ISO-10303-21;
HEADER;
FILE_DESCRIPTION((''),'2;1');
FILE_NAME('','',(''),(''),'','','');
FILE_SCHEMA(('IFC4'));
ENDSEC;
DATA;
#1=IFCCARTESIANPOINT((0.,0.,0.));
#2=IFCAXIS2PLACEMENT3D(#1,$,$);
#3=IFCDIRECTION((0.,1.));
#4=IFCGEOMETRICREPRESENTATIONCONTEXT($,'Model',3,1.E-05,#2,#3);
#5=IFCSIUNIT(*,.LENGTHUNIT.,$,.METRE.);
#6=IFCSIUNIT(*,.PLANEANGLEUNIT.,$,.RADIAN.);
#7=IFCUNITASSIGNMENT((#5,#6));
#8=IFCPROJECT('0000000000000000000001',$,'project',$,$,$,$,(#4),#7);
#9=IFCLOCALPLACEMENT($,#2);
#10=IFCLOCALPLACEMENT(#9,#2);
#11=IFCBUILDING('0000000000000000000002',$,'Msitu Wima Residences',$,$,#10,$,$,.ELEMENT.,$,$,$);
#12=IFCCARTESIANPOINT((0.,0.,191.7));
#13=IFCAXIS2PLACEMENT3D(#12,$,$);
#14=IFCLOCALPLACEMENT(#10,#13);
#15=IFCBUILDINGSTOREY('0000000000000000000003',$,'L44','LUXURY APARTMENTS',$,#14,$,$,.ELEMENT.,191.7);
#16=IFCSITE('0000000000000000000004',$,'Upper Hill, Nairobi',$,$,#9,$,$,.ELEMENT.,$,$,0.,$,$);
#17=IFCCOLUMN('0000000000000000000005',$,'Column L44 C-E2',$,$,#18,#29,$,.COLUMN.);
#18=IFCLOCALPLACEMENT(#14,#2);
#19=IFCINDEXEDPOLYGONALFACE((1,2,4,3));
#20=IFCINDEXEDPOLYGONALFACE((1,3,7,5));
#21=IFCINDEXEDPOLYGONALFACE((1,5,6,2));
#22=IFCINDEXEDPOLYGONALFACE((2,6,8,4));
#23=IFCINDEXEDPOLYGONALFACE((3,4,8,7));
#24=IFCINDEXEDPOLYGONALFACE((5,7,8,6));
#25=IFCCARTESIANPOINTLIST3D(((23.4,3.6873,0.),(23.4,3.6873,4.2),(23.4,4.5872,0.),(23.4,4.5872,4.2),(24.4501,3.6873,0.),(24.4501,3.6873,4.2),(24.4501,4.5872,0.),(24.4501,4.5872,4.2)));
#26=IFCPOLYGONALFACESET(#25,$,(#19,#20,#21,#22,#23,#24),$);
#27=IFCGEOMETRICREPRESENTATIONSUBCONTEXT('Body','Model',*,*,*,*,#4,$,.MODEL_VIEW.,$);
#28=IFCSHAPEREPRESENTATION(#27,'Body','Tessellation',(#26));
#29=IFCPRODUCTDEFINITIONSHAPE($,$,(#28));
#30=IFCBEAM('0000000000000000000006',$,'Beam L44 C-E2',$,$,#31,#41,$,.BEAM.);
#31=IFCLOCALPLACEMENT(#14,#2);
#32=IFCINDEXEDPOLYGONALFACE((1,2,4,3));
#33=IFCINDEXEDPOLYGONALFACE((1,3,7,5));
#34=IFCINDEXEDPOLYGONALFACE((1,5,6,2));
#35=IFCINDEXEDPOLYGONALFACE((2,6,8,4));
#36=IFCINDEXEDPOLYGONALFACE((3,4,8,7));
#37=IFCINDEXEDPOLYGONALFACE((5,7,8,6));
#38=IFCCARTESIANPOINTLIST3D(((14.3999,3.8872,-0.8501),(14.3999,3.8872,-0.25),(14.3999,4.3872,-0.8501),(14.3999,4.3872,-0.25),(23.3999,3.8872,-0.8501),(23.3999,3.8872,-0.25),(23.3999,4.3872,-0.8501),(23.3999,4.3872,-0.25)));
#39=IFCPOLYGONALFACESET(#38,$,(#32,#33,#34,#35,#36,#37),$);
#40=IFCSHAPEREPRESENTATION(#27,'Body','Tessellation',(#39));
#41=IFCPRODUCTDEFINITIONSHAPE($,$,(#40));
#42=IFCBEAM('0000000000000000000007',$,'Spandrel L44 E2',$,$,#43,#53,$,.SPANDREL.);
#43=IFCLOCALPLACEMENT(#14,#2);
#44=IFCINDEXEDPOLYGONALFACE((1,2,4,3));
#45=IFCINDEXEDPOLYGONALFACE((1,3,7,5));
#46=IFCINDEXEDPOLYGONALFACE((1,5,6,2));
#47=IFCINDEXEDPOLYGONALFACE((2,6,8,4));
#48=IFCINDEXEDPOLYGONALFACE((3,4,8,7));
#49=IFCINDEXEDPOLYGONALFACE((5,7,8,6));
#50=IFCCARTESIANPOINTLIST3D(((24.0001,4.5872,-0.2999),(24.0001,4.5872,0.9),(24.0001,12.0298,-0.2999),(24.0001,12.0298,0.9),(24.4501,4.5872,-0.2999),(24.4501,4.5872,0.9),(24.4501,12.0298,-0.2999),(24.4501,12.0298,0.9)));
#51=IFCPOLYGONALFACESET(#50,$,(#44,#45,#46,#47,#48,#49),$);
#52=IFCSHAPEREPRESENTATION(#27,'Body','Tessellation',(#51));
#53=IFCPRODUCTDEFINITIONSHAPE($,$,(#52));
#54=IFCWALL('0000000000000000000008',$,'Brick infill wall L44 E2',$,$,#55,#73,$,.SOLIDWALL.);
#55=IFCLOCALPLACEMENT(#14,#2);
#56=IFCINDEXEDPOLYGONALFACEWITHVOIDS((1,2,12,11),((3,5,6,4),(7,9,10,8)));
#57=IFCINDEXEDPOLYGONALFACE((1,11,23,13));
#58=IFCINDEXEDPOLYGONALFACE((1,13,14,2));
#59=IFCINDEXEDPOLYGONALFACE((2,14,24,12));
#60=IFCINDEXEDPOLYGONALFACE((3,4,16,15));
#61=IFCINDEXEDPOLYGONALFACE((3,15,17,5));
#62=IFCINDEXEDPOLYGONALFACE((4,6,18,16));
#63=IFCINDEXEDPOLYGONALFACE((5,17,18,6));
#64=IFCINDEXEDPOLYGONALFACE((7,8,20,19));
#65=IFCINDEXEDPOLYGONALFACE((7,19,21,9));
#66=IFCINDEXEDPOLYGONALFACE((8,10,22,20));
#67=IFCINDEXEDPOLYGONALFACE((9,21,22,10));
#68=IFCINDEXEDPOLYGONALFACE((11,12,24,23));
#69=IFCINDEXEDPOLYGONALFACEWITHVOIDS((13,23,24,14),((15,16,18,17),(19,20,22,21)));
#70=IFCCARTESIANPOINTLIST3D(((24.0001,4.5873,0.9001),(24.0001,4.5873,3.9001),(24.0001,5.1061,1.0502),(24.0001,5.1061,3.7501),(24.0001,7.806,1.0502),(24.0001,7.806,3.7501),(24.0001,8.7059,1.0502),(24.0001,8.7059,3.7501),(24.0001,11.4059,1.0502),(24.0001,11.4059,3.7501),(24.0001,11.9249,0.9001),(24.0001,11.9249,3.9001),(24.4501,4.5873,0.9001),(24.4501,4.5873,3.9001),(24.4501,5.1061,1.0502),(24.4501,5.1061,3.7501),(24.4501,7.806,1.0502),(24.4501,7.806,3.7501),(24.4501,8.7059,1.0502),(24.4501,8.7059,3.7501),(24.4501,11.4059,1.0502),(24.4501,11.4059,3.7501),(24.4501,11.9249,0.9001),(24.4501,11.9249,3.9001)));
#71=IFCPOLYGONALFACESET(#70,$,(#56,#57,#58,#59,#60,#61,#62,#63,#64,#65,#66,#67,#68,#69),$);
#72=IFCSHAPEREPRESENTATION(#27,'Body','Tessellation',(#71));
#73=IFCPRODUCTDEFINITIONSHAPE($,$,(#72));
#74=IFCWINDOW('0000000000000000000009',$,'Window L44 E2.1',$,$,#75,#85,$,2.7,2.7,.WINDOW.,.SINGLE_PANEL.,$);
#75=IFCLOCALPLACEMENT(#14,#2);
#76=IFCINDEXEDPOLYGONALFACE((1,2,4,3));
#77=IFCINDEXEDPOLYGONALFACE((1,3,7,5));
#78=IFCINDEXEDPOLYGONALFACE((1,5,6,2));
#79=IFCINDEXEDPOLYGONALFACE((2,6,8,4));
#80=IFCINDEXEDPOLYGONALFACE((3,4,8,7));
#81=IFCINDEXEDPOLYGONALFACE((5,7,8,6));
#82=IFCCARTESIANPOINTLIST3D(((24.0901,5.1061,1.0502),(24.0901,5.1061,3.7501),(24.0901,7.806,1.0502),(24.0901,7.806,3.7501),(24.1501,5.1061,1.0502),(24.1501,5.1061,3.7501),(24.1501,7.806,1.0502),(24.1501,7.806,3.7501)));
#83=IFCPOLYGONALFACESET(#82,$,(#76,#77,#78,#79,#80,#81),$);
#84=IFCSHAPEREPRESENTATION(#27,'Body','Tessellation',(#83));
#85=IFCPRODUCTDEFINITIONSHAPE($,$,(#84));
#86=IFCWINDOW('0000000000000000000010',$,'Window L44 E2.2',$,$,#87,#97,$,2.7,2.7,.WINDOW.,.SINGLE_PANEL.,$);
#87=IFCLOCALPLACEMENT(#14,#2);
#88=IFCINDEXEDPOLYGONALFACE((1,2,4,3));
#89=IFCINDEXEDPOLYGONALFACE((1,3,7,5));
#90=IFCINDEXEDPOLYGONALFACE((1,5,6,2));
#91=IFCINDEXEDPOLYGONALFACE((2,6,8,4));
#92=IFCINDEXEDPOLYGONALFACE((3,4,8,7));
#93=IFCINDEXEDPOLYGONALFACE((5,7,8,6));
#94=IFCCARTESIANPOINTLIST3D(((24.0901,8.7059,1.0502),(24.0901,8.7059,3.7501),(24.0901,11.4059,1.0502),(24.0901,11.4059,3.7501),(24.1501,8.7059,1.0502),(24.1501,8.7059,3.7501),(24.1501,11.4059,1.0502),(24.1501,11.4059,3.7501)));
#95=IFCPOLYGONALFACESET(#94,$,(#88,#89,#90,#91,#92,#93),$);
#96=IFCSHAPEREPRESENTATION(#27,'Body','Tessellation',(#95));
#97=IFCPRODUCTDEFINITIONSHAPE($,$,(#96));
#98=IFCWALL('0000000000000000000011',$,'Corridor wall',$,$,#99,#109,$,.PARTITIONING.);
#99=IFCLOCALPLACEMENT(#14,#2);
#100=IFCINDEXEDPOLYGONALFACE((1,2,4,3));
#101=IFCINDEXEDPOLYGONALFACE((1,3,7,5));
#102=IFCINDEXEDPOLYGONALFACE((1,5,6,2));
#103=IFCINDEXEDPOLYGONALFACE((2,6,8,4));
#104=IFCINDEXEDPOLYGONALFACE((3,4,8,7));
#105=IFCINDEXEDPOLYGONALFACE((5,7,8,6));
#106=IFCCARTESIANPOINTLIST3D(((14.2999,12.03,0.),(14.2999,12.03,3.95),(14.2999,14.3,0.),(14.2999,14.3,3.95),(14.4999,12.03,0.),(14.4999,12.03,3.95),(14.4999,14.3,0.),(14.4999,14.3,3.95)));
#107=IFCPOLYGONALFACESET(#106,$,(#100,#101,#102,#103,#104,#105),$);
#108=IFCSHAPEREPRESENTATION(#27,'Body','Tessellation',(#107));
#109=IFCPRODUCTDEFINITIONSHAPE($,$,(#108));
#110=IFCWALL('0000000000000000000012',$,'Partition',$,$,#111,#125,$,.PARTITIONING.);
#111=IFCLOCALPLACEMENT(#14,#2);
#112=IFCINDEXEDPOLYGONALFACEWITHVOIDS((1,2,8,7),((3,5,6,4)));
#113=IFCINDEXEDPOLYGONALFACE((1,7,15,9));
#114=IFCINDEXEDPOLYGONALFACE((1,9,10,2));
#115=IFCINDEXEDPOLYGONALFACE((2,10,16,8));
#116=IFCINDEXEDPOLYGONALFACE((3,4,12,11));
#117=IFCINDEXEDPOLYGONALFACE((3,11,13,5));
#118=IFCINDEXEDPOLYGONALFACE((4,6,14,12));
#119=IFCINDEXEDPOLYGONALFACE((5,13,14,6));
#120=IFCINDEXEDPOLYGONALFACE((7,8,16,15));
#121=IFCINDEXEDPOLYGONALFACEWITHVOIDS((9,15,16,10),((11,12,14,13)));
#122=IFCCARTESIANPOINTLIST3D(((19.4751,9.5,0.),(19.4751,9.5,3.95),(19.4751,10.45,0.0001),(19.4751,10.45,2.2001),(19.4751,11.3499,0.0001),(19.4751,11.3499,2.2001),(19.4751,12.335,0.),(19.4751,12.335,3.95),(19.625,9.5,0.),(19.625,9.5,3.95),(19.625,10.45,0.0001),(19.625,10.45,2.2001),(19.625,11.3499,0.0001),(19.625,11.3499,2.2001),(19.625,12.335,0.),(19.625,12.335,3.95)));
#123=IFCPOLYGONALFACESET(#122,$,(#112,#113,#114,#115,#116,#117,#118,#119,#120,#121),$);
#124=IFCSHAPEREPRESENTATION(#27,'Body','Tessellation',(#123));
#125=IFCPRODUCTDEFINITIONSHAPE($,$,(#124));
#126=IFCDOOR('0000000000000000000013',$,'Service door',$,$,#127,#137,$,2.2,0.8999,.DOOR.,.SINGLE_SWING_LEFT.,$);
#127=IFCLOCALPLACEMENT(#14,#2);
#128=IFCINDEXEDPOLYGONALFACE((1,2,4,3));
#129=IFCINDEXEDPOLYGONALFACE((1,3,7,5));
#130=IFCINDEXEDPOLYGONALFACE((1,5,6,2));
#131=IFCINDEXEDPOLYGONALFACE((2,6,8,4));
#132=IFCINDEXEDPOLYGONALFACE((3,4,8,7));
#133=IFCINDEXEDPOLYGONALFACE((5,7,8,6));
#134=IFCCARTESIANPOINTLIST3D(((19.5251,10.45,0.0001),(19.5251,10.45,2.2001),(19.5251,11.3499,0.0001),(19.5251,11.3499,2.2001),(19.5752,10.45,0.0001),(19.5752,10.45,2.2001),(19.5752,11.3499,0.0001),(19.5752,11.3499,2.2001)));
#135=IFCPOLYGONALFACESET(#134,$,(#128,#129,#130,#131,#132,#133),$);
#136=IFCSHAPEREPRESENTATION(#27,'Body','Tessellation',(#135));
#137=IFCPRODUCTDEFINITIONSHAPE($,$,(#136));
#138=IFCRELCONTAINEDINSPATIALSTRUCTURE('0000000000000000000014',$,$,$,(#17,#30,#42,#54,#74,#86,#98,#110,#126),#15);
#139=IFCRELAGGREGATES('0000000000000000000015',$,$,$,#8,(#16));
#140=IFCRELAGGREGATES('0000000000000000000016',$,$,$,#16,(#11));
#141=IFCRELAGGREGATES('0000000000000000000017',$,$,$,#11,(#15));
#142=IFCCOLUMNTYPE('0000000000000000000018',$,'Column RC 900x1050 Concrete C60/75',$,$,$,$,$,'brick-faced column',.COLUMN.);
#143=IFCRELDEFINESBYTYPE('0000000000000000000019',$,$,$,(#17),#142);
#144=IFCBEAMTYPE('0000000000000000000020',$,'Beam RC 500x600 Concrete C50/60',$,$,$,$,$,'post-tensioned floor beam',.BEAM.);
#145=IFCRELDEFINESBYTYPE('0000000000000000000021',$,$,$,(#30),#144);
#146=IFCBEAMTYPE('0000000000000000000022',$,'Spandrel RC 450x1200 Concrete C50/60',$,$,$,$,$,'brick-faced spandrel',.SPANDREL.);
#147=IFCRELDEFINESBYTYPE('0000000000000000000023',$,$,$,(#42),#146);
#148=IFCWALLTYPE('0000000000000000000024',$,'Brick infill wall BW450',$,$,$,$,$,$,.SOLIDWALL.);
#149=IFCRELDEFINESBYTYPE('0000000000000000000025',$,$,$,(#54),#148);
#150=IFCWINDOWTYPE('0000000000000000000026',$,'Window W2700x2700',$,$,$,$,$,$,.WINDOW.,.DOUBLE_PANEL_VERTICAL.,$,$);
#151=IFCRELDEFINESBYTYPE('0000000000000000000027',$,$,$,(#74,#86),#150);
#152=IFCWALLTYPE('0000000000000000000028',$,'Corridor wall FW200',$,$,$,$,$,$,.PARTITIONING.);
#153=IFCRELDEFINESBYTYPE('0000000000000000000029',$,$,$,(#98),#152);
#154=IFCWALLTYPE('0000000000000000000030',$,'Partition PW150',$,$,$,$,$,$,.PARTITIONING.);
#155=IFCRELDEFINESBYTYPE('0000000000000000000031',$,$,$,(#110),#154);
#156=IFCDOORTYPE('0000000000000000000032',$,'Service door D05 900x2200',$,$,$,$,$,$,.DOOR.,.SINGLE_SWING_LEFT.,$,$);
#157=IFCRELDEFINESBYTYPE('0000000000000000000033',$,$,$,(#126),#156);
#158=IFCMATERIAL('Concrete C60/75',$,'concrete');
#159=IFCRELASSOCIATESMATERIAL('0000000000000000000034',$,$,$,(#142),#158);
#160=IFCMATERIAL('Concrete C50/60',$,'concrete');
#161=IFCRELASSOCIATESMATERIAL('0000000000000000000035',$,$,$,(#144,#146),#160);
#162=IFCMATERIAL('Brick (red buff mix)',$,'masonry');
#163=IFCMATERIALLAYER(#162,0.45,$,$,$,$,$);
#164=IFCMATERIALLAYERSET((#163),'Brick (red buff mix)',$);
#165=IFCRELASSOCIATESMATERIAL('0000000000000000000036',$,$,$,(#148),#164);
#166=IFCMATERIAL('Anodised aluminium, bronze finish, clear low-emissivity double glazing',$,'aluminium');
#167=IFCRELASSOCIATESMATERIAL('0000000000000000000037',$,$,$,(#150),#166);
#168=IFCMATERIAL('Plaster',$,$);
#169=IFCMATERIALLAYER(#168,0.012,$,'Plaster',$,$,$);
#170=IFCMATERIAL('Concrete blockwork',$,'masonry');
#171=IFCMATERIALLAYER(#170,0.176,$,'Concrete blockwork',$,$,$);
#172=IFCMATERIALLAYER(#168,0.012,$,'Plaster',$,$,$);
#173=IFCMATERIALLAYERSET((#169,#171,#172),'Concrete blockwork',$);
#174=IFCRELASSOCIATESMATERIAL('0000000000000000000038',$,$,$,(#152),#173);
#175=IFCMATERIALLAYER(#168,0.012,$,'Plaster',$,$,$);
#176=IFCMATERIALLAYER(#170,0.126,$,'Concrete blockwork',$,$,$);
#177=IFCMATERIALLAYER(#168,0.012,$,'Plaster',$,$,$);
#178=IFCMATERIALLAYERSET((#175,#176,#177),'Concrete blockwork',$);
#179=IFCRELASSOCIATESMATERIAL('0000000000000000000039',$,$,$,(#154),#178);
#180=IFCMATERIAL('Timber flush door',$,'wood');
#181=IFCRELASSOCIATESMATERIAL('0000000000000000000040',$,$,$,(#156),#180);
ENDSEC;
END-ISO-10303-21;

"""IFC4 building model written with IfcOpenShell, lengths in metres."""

from ifc_helpers import new_model, si_unit, direction, frame, frame_2d, origin, origin_2d, place, context, subcontext, project, spatial, rectangle, extrude, material, layer, layer_set, material_profile, profile_set, type_object, element, fill, save


model = new_model("IFC4")

# Units and contexts
model_context = context("Model", 3, precision=1e-05, world=origin(), true_north=direction((0.0, 1.0)))
body_context = subcontext(model_context, "Body", "Model", "MODEL_VIEW")
ifc_project = project(units=[si_unit("LENGTHUNIT", "METRE"), si_unit("PLANEANGLEUNIT", "RADIAN")], contexts=[model_context])

# Site, building, storey
site_placement = place(None, origin())
site = spatial("IfcSite", under=ifc_project, at=site_placement, Name="Upper Hill, Nairobi", CompositionType="ELEMENT", RefElevation=0.0)
building_placement = place(site_placement, origin())
building = spatial("IfcBuilding", under=site, at=building_placement, Name="Msitu Wima Residences", CompositionType="ELEMENT")
storey_placement = place(building_placement, frame((0.0, 0.0, 191.7)))
storey = spatial("IfcBuildingStorey", under=building, at=storey_placement, Name="L44", Description="LUXURY APARTMENTS", CompositionType="ELEMENT", Elevation=191.7)

# Column
ifc_material_1 = material(Name="Concrete C60/75", Category="concrete")
ifc_material_profile_1 = material_profile(ifc_material_1, rectangle(XDim=0.8999, YDim=1.05, at=origin_2d()), Name="RC 900x1050")
ifc_profile_set_1 = profile_set([ifc_material_profile_1], Name="Concrete C60/75")
column_type = type_object("IfcColumnType", Name="Column RC 900x1050 Concrete C60/75", ElementType="brick-faced column", PredefinedType="COLUMN", material=ifc_profile_set_1)
column_placement = place(storey_placement, frame((23.925, 4.1372, 0.0), z_axis=(0.0, 0.0, 1.0), x_axis=(0.0, 1.0, 0.0)))
element("IfcColumn", 1, at=column_placement, inside=storey, type_object=column_type, Name="Column L44 C-E2", PredefinedType="COLUMN", context=body_context, shape_type="SweptSolid", body=[
    extrude(rectangle(XDim=0.8999, YDim=1.05, at=origin_2d()), origin(), (0.0, 0.0, 1.0), 4.2),
])

# Beams
ifc_material_2 = material(Name="Concrete C50/60", Category="concrete")
ifc_material_profile_2 = material_profile(ifc_material_2, rectangle(XDim=0.5, YDim=0.6001, at=origin_2d()), Name="RC 500x600")
ifc_profile_set_2 = profile_set([ifc_material_profile_2], Name="Concrete C50/60")
beam_type_1 = type_object("IfcBeamType", Name="Beam RC 500x600 Concrete C50/60", ElementType="post-tensioned floor beam", PredefinedType="BEAM", material=ifc_profile_set_2)
beam_1_placement = place(storey_placement, frame((23.3999, 4.1372, -0.55), z_axis=(-1.0, 0.0, 0.0), x_axis=(0.0, -1.0, 0.0)))
element("IfcBeam", 2, at=beam_1_placement, inside=storey, type_object=beam_type_1, Name="Beam L44 C-E2", PredefinedType="BEAM", context=body_context, shape_type="SweptSolid", body=[
    extrude(rectangle(XDim=0.5, YDim=0.6001, at=origin_2d()), origin(), (0.0, 0.0, 1.0), 9.0),
])
ifc_material_profile_3 = material_profile(ifc_material_2, rectangle(XDim=0.45, YDim=1.2, at=origin_2d()), Name="RC 450x1200")
ifc_profile_set_3 = profile_set([ifc_material_profile_3], Name="Concrete C50/60")
beam_type_2 = type_object("IfcBeamType", Name="Spandrel RC 450x1200 Concrete C50/60", ElementType="brick-faced spandrel", PredefinedType="SPANDREL", material=ifc_profile_set_3)
beam_2_placement = place(storey_placement, frame((24.2251, 4.5872, 0.3), z_axis=(0.0, 1.0, 0.0), x_axis=(-1.0, 0.0, 0.0)))
element("IfcBeam", 3, at=beam_2_placement, inside=storey, type_object=beam_type_2, Name="Spandrel L44 E2", PredefinedType="SPANDREL", context=body_context, shape_type="SweptSolid", body=[
    extrude(rectangle(XDim=0.45, YDim=1.2, at=origin_2d()), origin(), (0.0, 0.0, 1.0), 7.4426),
])

# Wall, openings, windows
ifc_material_3 = material(Name="Brick (red buff mix)", Category="masonry")
ifc_layer_1 = layer(ifc_material_3, 0.45)
ifc_layer_set_1 = layer_set([ifc_layer_1], Name="Brick (red buff mix)")
wall_type_1 = type_object("IfcWallType", Name="Brick infill wall BW450", PredefinedType="SOLIDWALL", material=ifc_layer_set_1)
wall_1_placement = place(storey_placement, frame((24.2251, 4.5872, 0.9001), z_axis=(0.0, 0.0, 1.0), x_axis=(0.0, 1.0, 0.0)))
wall_1 = element("IfcWall", 4, at=wall_1_placement, inside=storey, type_object=wall_type_1, Name="Brick infill wall L44 E2", PredefinedType="SOLIDWALL", context=body_context, shape_type="SweptSolid", body=[
    extrude(rectangle(XDim=7.3376, YDim=0.45, at=frame_2d((3.6689, 0.0))), origin(), (0.0, 0.0, 1.0), 3.0),
])
opening_1_placement = place(wall_1_placement, frame((0.5188, 0.0, 0.1499)))
opening_1 = element("IfcOpeningElement", 5, at=opening_1_placement, cuts=wall_1, PredefinedType="OPENING", context=body_context, shape_type="SweptSolid", body=[
    extrude(rectangle(XDim=2.7, YDim=2.7, at=frame_2d((1.3501, 1.3501))), frame((0.0, 0.2349, 0.0), z_axis=(0.0, -1.0, 0.0), x_axis=(1.0, 0.0, 0.0)), (0.0, 0.0, 1.0), 0.47),
])
opening_2_placement = place(wall_1_placement, frame((4.1187, 0.0, 0.1499)))
opening_2 = element("IfcOpeningElement", 6, at=opening_2_placement, cuts=wall_1, PredefinedType="OPENING", context=body_context, shape_type="SweptSolid", body=[
    extrude(rectangle(XDim=2.7, YDim=2.7, at=frame_2d((1.3501, 1.3501))), frame((0.0, 0.2349, 0.0), z_axis=(0.0, -1.0, 0.0), x_axis=(1.0, 0.0, 0.0)), (0.0, 0.0, 1.0), 0.47),
])
ifc_material_4 = material(Name="Anodised aluminium, bronze finish, clear low-emissivity double glazing", Category="aluminium")
window_type = type_object("IfcWindowType", Name="Window W2700x2700", PartitioningType="DOUBLE_PANEL_VERTICAL", PredefinedType="WINDOW", material=ifc_material_4)
window_1_placement = place(opening_1_placement, origin())
window_1 = element("IfcWindow", 7, at=window_1_placement, inside=storey, type_object=window_type, Name="Window L44 E2.1", OverallHeight=2.7, OverallWidth=2.7, PartitioningType="SINGLE_PANEL", PredefinedType="WINDOW", context=body_context, shape_type="SweptSolid", body=[
    extrude(rectangle(XDim=2.7, YDim=2.7, at=frame_2d((1.3501, 1.3501))), frame((0.0, 0.135, 0.0), z_axis=(0.0, -1.0, 0.0), x_axis=(1.0, 0.0, 0.0)), (0.0, 0.0, 1.0), 0.0601),
])
fill(opening_1, window_1)
window_2_placement = place(opening_2_placement, origin())
window_2 = element("IfcWindow", 8, at=window_2_placement, inside=storey, type_object=window_type, Name="Window L44 E2.2", OverallHeight=2.7, OverallWidth=2.7, PartitioningType="SINGLE_PANEL", PredefinedType="WINDOW", context=body_context, shape_type="SweptSolid", body=[
    extrude(rectangle(XDim=2.7, YDim=2.7, at=frame_2d((1.3501, 1.3501))), frame((0.0, 0.135, 0.0), z_axis=(0.0, -1.0, 0.0), x_axis=(1.0, 0.0, 0.0)), (0.0, 0.0, 1.0), 0.0601),
])
fill(opening_2, window_2)

# Wall
ifc_material_5 = material(Name="Plaster")
ifc_layer_2 = layer(ifc_material_5, 0.012, Name="Plaster")
ifc_material_6 = material(Name="Concrete blockwork", Category="masonry")
ifc_layer_3 = layer(ifc_material_6, 0.176, Name="Concrete blockwork")
ifc_layer_4 = layer(ifc_material_5, 0.012, Name="Plaster")
ifc_layer_set_2 = layer_set([ifc_layer_2, ifc_layer_3, ifc_layer_4], Name="Concrete blockwork")
wall_type_2 = type_object("IfcWallType", Name="Corridor wall FW200", PredefinedType="PARTITIONING", material=ifc_layer_set_2)
wall_2_placement = place(storey_placement, frame((14.3999, 12.03, 0.0), z_axis=(0.0, 0.0, 1.0), x_axis=(0.0, 1.0, 0.0)))
element("IfcWall", 9, at=wall_2_placement, inside=storey, type_object=wall_type_2, Name="Corridor wall", PredefinedType="PARTITIONING", context=body_context, shape_type="SweptSolid", body=[
    extrude(rectangle(XDim=2.27, YDim=0.2, at=frame_2d((1.135, 0.0))), origin(), (0.0, 0.0, 1.0), 3.95),
])

# Wall, opening, door
ifc_layer_5 = layer(ifc_material_5, 0.012, Name="Plaster")
ifc_layer_6 = layer(ifc_material_6, 0.126, Name="Concrete blockwork")
ifc_layer_7 = layer(ifc_material_5, 0.012, Name="Plaster")
ifc_layer_set_3 = layer_set([ifc_layer_5, ifc_layer_6, ifc_layer_7], Name="Concrete blockwork")
wall_type_3 = type_object("IfcWallType", Name="Partition PW150", PredefinedType="PARTITIONING", material=ifc_layer_set_3)
wall_3_placement = place(storey_placement, frame((19.55, 9.5, 0.0), z_axis=(0.0, 0.0, 1.0), x_axis=(0.0, 1.0, 0.0)))
wall_3 = element("IfcWall", 10, at=wall_3_placement, inside=storey, type_object=wall_type_3, Name="Partition", PredefinedType="PARTITIONING", context=body_context, shape_type="SweptSolid", body=[
    extrude(rectangle(XDim=2.835, YDim=0.1499, at=frame_2d((1.4175, 0.0))), origin(), (0.0, 0.0, 1.0), 3.95),
])
opening_3_placement = place(wall_3_placement, frame((0.95, 0.0, 0.0)))
opening_3 = element("IfcOpeningElement", 11, at=opening_3_placement, cuts=wall_3, PredefinedType="OPENING", context=body_context, shape_type="SweptSolid", body=[
    extrude(rectangle(XDim=0.8999, YDim=2.2, at=frame_2d((0.45, 1.1001))), frame((0.0, 0.085, 0.0), z_axis=(0.0, -1.0, 0.0), x_axis=(1.0, 0.0, 0.0)), (0.0, 0.0, 1.0), 0.1699),
])
ifc_material_7 = material(Name="Timber flush door", Category="wood")
door_type_1 = type_object("IfcDoorType", Name="Service door D05 900x2200", OperationType="SINGLE_SWING_LEFT", PredefinedType="DOOR", material=ifc_material_7)
door_1_placement = place(opening_3_placement, origin())
door_1 = element("IfcDoor", 12, at=door_1_placement, inside=storey, type_object=door_type_1, Name="Service door", OperationType="SINGLE_SWING_LEFT", OverallHeight=2.2, OverallWidth=0.8999, PredefinedType="DOOR", context=body_context, shape_type="SweptSolid", body=[
    extrude(rectangle(XDim=0.8999, YDim=2.2, at=frame_2d((0.45, 1.1001))), frame((0.0, 0.0249, 0.0), z_axis=(0.0, -1.0, 0.0), x_axis=(1.0, 0.0, 0.0)), (0.0, 0.0, 1.0), 0.05),
])
fill(opening_3, door_1)

save(model, "model.ifc")
